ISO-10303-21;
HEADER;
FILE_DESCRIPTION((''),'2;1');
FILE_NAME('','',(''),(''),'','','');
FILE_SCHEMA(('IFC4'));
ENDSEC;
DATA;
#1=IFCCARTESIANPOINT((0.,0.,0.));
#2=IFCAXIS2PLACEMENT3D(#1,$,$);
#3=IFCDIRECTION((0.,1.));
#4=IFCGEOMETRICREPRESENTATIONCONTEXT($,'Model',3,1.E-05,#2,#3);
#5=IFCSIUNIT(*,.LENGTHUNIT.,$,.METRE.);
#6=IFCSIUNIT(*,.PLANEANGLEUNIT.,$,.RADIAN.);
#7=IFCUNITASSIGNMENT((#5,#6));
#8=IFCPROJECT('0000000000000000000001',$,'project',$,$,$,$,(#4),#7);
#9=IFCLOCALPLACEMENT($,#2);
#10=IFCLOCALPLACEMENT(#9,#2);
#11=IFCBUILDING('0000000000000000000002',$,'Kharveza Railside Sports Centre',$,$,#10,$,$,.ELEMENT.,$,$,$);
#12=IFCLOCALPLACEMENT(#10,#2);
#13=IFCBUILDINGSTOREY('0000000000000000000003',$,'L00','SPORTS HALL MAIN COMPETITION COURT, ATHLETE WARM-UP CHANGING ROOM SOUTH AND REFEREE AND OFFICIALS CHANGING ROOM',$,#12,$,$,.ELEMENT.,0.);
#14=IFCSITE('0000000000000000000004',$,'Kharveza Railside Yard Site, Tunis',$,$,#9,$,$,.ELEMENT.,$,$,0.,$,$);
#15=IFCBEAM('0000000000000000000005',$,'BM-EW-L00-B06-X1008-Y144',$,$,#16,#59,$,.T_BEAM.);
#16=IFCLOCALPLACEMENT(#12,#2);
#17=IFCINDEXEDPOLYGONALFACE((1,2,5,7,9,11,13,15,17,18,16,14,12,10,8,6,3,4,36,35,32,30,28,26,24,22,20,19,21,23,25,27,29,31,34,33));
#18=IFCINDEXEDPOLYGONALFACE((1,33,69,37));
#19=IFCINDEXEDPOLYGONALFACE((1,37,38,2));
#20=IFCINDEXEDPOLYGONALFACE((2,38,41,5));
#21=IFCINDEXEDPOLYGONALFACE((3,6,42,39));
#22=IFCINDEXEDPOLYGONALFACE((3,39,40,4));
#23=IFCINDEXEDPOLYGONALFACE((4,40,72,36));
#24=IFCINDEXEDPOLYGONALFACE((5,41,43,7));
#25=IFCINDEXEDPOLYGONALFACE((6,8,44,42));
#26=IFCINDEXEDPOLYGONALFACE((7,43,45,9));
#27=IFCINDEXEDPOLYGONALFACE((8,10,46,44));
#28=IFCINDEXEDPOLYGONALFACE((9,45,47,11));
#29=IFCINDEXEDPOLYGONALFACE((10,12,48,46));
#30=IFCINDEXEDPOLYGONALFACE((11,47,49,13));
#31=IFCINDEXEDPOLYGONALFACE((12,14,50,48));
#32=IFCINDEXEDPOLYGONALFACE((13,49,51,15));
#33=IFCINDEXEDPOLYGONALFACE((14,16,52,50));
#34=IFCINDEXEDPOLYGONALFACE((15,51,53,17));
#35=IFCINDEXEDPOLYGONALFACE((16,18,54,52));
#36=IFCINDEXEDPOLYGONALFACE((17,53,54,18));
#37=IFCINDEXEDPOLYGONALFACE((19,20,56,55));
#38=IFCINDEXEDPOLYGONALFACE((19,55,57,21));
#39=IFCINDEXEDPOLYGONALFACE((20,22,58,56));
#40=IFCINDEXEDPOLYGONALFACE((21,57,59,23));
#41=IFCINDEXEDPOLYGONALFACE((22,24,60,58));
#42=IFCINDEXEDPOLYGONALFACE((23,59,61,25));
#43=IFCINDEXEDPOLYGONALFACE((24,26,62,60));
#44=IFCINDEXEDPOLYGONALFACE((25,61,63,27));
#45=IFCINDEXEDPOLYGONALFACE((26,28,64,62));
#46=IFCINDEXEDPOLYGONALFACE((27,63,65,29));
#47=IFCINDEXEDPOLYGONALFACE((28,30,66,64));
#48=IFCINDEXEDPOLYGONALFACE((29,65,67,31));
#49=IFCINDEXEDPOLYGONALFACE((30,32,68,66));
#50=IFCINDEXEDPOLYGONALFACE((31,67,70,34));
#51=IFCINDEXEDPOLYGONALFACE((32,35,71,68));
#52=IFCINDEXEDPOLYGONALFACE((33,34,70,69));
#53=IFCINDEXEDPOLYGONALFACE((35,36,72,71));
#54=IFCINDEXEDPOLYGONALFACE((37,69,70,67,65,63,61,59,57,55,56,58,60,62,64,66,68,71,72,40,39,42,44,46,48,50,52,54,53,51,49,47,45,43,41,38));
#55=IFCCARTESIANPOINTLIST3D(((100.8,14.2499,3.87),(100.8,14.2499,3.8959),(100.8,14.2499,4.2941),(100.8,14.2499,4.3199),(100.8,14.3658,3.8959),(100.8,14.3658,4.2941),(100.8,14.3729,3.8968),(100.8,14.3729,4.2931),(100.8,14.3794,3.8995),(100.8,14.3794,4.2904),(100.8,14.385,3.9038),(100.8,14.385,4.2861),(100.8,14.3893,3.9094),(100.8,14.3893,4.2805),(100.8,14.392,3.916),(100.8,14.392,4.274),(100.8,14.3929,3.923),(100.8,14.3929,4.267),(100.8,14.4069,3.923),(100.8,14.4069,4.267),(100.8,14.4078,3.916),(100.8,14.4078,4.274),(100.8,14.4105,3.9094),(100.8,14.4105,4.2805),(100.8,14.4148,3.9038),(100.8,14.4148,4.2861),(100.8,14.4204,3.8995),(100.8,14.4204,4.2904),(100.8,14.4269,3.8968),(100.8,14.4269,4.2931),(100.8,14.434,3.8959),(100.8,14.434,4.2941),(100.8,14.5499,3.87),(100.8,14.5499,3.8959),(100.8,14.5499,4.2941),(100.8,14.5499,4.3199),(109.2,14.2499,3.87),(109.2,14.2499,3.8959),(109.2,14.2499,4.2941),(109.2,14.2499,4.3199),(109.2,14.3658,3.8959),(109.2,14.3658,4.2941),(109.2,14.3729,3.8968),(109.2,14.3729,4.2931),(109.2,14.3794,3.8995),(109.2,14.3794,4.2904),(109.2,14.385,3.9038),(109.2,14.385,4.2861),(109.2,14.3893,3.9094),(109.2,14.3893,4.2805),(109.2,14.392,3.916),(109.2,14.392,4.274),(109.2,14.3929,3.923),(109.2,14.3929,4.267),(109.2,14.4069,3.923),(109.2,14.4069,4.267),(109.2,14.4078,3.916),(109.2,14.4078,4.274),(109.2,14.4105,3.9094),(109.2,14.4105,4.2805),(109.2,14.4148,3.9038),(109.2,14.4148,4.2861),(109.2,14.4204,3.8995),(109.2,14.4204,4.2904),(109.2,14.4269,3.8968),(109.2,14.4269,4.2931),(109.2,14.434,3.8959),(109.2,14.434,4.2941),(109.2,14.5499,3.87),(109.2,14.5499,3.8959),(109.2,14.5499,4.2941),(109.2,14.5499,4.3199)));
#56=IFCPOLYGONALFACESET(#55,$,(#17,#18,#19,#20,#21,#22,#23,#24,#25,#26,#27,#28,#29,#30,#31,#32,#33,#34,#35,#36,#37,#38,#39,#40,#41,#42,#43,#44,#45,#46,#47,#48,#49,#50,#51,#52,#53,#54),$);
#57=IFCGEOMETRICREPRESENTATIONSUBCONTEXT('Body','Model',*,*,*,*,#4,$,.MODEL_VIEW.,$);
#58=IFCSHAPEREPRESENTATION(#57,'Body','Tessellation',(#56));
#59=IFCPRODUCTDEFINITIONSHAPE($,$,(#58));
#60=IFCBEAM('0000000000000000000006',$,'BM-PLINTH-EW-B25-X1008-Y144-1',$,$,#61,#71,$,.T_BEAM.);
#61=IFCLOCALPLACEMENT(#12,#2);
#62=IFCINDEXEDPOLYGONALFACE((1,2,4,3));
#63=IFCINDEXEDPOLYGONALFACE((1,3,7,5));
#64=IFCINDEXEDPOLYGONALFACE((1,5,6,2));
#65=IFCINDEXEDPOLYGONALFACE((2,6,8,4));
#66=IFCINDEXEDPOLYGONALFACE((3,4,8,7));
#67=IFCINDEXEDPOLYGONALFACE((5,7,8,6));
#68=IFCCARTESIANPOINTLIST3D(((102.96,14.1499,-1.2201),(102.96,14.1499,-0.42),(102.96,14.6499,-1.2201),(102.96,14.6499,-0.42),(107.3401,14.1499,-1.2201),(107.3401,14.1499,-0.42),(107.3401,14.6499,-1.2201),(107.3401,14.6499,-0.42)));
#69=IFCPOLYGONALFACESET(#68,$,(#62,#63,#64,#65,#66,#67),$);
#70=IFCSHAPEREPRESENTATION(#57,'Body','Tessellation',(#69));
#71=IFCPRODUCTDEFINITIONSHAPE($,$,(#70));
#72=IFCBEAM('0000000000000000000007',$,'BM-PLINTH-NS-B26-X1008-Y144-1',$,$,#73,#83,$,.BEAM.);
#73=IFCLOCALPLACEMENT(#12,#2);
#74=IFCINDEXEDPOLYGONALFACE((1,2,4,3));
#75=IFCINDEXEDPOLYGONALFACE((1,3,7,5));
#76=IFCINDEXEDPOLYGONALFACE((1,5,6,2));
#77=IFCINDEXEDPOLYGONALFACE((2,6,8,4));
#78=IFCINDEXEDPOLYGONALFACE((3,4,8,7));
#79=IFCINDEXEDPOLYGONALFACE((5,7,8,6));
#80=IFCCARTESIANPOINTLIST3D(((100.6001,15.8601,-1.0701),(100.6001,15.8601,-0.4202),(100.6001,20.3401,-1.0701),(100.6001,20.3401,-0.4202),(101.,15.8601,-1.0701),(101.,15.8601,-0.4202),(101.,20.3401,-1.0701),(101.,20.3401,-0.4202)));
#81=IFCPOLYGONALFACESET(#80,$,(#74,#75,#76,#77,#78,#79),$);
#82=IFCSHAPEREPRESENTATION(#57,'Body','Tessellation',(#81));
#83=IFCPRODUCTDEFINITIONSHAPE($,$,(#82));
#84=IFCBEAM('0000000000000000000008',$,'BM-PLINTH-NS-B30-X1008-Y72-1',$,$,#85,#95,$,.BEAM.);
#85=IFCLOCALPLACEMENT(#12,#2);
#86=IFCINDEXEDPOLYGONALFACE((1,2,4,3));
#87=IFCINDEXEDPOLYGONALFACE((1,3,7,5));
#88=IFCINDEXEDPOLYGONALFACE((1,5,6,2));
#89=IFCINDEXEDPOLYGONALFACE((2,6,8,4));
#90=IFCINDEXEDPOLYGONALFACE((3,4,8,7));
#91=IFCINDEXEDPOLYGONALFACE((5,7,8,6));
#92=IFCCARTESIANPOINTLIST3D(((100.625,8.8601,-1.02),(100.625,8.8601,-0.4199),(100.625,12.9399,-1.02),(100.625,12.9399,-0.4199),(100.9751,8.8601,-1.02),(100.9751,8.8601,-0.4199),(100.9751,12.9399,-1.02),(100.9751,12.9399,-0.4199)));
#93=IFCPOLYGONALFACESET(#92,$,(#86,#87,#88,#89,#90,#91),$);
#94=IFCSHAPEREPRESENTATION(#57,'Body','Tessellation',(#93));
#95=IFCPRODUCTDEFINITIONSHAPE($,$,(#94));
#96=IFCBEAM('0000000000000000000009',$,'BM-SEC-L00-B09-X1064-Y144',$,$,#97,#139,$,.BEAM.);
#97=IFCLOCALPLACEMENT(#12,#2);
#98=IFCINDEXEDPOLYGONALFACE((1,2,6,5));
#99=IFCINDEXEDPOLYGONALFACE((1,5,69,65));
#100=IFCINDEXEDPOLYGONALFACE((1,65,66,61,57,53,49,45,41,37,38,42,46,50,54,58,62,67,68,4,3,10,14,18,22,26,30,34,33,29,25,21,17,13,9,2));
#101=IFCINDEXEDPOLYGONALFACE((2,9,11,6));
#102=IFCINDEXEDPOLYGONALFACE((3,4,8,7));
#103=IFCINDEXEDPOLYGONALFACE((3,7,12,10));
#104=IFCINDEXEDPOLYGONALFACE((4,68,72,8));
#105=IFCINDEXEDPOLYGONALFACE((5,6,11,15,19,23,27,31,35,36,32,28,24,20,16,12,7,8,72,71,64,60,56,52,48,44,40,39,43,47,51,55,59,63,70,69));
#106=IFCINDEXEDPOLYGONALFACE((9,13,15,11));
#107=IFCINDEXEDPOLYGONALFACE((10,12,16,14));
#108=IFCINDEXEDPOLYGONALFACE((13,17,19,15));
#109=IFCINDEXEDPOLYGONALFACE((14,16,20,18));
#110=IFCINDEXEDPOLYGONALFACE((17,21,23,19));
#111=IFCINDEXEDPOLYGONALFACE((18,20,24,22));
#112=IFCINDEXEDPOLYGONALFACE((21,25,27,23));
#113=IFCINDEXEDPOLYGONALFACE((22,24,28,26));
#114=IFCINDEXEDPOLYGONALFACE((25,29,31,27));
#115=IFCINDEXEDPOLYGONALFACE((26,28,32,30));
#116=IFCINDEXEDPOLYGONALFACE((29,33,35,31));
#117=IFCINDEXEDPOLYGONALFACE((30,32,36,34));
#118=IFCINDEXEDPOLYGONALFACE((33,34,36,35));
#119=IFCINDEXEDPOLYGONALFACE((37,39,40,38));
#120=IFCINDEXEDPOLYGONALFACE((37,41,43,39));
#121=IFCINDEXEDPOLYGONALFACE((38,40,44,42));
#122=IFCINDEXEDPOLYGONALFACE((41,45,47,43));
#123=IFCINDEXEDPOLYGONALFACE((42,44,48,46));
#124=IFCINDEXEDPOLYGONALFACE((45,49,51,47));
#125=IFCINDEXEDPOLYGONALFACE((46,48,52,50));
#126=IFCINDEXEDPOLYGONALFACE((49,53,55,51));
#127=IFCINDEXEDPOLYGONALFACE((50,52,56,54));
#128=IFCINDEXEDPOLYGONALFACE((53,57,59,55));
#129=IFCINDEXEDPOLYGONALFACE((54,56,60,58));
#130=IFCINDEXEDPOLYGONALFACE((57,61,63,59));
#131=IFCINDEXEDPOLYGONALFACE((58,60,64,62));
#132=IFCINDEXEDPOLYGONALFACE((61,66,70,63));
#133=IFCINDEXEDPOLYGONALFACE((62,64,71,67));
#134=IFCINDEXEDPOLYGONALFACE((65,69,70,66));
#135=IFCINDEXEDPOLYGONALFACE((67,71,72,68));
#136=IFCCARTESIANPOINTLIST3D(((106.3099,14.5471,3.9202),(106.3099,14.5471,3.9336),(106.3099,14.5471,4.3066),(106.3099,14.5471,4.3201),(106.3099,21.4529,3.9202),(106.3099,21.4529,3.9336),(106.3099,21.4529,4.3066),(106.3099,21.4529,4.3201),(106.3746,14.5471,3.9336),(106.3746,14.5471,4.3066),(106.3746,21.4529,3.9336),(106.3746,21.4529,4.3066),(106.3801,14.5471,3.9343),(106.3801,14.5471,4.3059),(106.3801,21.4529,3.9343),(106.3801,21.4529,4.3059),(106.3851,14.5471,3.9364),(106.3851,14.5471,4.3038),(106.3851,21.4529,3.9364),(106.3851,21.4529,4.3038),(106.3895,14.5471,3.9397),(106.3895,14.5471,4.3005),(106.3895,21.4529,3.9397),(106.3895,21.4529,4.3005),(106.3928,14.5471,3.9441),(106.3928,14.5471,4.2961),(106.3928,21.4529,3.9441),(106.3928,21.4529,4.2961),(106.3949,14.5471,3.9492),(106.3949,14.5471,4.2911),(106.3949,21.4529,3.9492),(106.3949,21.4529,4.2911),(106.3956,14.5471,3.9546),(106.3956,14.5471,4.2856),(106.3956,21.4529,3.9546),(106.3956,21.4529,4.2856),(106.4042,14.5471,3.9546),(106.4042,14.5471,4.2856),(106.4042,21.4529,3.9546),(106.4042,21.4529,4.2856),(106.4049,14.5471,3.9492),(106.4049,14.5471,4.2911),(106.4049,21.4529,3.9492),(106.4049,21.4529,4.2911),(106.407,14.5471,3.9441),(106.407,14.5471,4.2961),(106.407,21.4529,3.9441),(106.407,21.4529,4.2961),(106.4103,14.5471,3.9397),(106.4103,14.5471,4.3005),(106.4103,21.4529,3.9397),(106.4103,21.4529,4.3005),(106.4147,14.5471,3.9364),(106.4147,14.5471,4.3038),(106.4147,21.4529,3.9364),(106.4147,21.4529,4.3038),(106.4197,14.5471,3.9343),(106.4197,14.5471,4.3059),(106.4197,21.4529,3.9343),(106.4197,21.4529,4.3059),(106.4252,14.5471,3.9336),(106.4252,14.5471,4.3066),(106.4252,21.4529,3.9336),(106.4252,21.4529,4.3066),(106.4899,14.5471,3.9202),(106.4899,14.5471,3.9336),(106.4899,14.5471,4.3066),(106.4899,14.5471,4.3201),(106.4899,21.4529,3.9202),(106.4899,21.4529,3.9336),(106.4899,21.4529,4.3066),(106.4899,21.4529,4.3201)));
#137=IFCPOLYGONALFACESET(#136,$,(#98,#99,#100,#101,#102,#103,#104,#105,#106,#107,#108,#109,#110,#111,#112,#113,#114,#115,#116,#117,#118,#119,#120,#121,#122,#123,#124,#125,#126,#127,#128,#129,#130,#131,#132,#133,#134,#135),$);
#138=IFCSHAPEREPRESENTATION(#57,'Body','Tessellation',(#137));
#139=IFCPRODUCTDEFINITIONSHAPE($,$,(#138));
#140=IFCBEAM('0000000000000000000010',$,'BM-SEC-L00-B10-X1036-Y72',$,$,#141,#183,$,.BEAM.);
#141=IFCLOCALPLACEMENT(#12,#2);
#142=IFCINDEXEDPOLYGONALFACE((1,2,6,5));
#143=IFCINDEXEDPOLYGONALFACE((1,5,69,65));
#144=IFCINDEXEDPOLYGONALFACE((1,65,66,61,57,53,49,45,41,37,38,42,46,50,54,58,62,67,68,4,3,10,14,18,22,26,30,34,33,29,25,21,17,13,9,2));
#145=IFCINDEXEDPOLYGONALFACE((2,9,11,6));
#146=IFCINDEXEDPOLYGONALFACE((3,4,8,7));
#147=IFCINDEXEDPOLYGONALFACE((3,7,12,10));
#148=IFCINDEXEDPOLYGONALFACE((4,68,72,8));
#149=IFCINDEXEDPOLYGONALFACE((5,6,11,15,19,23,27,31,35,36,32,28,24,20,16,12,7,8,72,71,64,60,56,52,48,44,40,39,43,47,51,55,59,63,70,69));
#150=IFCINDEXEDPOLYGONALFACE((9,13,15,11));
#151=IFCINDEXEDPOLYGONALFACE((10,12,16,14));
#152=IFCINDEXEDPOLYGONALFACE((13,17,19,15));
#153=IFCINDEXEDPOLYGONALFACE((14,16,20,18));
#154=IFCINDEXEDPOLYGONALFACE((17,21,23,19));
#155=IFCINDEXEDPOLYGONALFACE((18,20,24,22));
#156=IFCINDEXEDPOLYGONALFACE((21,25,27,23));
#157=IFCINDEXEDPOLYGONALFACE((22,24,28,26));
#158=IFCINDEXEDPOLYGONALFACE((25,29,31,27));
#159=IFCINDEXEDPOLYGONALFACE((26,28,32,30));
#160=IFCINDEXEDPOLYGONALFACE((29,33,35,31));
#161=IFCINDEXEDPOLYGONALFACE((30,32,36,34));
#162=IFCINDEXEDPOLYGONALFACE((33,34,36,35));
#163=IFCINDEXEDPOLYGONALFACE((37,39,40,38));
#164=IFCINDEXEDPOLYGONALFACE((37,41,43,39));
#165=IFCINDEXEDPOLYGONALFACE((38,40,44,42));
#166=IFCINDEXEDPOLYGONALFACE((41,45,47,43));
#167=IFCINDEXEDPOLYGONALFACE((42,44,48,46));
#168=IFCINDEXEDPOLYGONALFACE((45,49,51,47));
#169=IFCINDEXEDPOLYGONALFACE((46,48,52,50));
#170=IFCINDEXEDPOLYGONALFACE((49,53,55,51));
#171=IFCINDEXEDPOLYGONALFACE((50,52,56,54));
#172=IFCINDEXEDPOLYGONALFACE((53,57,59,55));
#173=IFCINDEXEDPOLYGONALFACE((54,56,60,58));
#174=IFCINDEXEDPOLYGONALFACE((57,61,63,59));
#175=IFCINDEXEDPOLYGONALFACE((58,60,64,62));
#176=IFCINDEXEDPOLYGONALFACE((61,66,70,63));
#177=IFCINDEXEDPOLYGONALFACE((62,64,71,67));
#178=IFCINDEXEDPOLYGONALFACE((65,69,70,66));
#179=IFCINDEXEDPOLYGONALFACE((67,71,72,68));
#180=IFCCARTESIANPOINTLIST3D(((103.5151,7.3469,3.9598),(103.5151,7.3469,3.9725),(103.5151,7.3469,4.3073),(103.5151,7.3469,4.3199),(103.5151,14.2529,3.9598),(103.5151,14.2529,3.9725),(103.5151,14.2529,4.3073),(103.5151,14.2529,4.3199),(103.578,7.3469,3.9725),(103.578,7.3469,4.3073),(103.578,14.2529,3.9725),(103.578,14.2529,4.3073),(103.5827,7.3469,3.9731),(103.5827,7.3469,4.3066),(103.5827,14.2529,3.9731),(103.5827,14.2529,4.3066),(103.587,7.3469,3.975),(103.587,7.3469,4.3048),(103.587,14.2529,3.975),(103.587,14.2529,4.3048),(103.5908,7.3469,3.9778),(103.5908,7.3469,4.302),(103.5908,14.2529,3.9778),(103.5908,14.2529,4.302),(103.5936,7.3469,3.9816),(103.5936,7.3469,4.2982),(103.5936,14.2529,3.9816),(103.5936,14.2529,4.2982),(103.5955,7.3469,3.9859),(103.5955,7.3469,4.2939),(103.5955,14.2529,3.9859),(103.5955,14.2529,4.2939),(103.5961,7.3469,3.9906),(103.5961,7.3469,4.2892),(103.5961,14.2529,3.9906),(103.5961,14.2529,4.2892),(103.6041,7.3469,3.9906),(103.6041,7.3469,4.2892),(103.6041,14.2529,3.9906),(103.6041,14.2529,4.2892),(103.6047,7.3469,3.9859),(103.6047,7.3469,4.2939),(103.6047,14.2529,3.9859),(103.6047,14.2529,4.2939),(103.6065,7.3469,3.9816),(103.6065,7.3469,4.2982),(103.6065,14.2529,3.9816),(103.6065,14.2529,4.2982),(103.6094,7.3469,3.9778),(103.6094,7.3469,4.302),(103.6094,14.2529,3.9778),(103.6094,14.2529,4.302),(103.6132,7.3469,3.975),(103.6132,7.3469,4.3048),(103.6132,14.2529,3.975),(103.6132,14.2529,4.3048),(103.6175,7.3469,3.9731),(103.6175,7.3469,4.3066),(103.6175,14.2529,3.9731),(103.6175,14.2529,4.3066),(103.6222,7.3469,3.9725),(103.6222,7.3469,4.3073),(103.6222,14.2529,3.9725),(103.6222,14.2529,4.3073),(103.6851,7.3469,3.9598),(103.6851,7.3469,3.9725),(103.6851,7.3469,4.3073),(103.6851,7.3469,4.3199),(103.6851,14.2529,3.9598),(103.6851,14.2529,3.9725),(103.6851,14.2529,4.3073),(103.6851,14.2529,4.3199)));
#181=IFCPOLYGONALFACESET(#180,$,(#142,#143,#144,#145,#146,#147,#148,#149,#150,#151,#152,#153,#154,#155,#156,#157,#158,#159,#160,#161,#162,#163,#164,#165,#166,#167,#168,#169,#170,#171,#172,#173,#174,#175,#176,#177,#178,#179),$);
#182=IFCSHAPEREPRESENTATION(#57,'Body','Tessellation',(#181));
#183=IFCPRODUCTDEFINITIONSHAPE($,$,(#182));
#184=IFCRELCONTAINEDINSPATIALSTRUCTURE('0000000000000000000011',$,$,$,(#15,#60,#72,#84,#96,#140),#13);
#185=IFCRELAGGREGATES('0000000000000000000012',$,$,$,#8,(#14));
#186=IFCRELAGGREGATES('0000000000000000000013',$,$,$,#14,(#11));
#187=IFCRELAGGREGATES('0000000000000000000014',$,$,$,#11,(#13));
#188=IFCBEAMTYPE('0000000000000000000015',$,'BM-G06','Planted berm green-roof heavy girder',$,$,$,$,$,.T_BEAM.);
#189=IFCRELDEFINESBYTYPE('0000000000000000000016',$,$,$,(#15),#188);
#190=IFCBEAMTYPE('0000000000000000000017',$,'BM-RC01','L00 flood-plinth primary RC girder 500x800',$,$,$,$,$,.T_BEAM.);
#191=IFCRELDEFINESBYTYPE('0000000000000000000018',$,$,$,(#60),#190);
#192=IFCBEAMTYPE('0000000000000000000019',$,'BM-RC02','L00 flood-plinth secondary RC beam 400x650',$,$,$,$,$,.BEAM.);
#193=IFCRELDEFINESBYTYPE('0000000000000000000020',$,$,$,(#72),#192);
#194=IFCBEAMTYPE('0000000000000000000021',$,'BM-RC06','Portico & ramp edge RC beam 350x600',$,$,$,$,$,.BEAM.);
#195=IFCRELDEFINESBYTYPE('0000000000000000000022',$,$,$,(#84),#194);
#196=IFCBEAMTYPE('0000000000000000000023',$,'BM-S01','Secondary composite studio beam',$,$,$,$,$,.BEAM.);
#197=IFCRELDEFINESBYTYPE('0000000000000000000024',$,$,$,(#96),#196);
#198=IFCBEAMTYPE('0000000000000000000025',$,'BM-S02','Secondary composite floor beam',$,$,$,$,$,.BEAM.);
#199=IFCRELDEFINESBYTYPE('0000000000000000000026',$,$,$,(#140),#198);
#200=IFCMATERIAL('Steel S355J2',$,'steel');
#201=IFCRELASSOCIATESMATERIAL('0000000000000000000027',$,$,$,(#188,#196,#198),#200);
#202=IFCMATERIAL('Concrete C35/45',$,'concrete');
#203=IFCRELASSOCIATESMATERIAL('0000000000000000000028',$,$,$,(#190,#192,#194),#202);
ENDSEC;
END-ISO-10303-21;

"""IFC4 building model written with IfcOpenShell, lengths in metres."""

from ifc_helpers import new_model, si_unit, direction, frame, origin, origin_2d, place, context, subcontext, project, spatial, rectangle, i_section, extrude, material, material_profile, profile_set, type_object, element, save


model = new_model("IFC4")

# Units and contexts
model_context = context("Model", 3, precision=1e-05, world=origin(), true_north=direction((0.0, 1.0)))
body_context = subcontext(model_context, "Body", "Model", "MODEL_VIEW")
ifc_project = project(units=[si_unit("LENGTHUNIT", "METRE"), si_unit("PLANEANGLEUNIT", "RADIAN")], contexts=[model_context])

# Site, building, storey
site_placement = place(None, origin())
site = spatial("IfcSite", under=ifc_project, at=site_placement, Name="Kharveza Railside Yard Site, Tunis", CompositionType="ELEMENT", RefElevation=0.0)
building_placement = place(site_placement, origin())
building = spatial("IfcBuilding", under=site, at=building_placement, Name="Kharveza Railside Sports Centre", CompositionType="ELEMENT")
storey_placement = place(building_placement, origin())
storey = spatial("IfcBuildingStorey", under=building, at=storey_placement, Name="L00", Description="SPORTS HALL MAIN COMPETITION COURT, ATHLETE WARM-UP CHANGING ROOM SOUTH AND REFEREE AND OFFICIALS CHANGING ROOM", CompositionType="ELEMENT", Elevation=0.0)

# Shared definitions
ifc_material_1 = material(Name="Concrete C35/45", Category="concrete")

# Shared definitions
ifc_material_2 = material(Name="Steel S355J2", Category="steel")

# Beams
ifc_material_profile_1 = material_profile(ifc_material_2, i_section(OverallWidth=0.3, OverallDepth=0.45, WebThickness=0.0139, FlangeThickness=0.0259, FilletRadius=0.0271, at=origin_2d()), Name="HEB 450")
ifc_profile_set_1 = profile_set([ifc_material_profile_1], Name="Steel S355J2")
beam_type_1 = type_object("IfcBeamType", Name="BM-G06", Description="Planted berm green-roof heavy girder", PredefinedType="T_BEAM", material=ifc_profile_set_1)
beam_1_placement = place(storey_placement, frame((100.8, 14.3999, 4.095), z_axis=(1.0, 0.0, 0.0), x_axis=(0.0, 1.0, 0.0)))
element("IfcBeam", 1, at=beam_1_placement, inside=storey, type_object=beam_type_1, Name="BM-EW-L00-B06-X1008-Y144", PredefinedType="T_BEAM", context=body_context, shape_type="SweptSolid", body=[
    extrude(i_section(OverallWidth=0.3, OverallDepth=0.45, WebThickness=0.0139, FlangeThickness=0.0259, FilletRadius=0.0271, at=origin_2d()), origin(), (0.0, 0.0, 1.0), 8.3999),
])
ifc_material_profile_2 = material_profile(ifc_material_1, rectangle(XDim=0.5, YDim=0.8, at=origin_2d()), Name="RCB 500x800")
ifc_profile_set_2 = profile_set([ifc_material_profile_2], Name="Concrete C35/45")
beam_type_2 = type_object("IfcBeamType", Name="BM-RC01", Description="L00 flood-plinth primary RC girder 500x800", PredefinedType="T_BEAM", material=ifc_profile_set_2)
beam_2_placement = place(storey_placement, frame((102.96, 14.3999, -0.8201), z_axis=(1.0, 0.0, 0.0), x_axis=(0.0, 1.0, 0.0)))
element("IfcBeam", 2, at=beam_2_placement, inside=storey, type_object=beam_type_2, Name="BM-PLINTH-EW-B25-X1008-Y144-1", PredefinedType="T_BEAM", context=body_context, shape_type="SweptSolid", body=[
    extrude(rectangle(XDim=0.5, YDim=0.8, at=origin_2d()), origin(), (0.0, 0.0, 1.0), 4.3801),
])
ifc_material_profile_3 = material_profile(ifc_material_1, rectangle(XDim=0.3999, YDim=0.6499, at=origin_2d()), Name="RCB 400x650")
ifc_profile_set_3 = profile_set([ifc_material_profile_3], Name="Concrete C35/45")
beam_type_3 = type_object("IfcBeamType", Name="BM-RC02", Description="L00 flood-plinth secondary RC beam 400x650", PredefinedType="BEAM", material=ifc_profile_set_3)
beam_3_placement = place(storey_placement, frame((100.8, 15.8601, -0.7451), z_axis=(0.0, 1.0, 0.0), x_axis=(-1.0, 0.0, 0.0)))
element("IfcBeam", 3, at=beam_3_placement, inside=storey, type_object=beam_type_3, Name="BM-PLINTH-NS-B26-X1008-Y144-1", PredefinedType="BEAM", context=body_context, shape_type="SweptSolid", body=[
    extrude(rectangle(XDim=0.3999, YDim=0.6499, at=origin_2d()), origin(), (0.0, 0.0, 1.0), 4.48),
])
ifc_material_profile_4 = material_profile(ifc_material_1, rectangle(XDim=0.3501, YDim=0.6001, at=origin_2d()), Name="RCB 350x600")
ifc_profile_set_4 = profile_set([ifc_material_profile_4], Name="Concrete C35/45")
beam_type_4 = type_object("IfcBeamType", Name="BM-RC06", Description="Portico & ramp edge RC beam 350x600", PredefinedType="BEAM", material=ifc_profile_set_4)
beam_4_placement = place(storey_placement, frame((100.8, 8.8601, -0.72), z_axis=(0.0, 1.0, 0.0), x_axis=(-1.0, 0.0, 0.0)))
element("IfcBeam", 4, at=beam_4_placement, inside=storey, type_object=beam_type_4, Name="BM-PLINTH-NS-B30-X1008-Y72-1", PredefinedType="BEAM", context=body_context, shape_type="SweptSolid", body=[
    extrude(rectangle(XDim=0.3501, YDim=0.6001, at=origin_2d()), origin(), (0.0, 0.0, 1.0), 4.0798),
])
ifc_material_profile_5 = material_profile(ifc_material_2, i_section(OverallWidth=0.1799, OverallDepth=0.3999, WebThickness=0.0085, FlangeThickness=0.0134, FilletRadius=0.021, at=origin_2d()), Name="IPE 400")
ifc_profile_set_5 = profile_set([ifc_material_profile_5], Name="Steel S355J2")
beam_type_5 = type_object("IfcBeamType", Name="BM-S01", Description="Secondary composite studio beam", PredefinedType="BEAM", material=ifc_profile_set_5)
beam_5_placement = place(storey_placement, frame((106.3999, 14.5471, 4.1201), z_axis=(0.0, 1.0, 0.0), x_axis=(-1.0, 0.0, 0.0)))
element("IfcBeam", 5, at=beam_5_placement, inside=storey, type_object=beam_type_5, Name="BM-SEC-L00-B09-X1064-Y144", PredefinedType="BEAM", context=body_context, shape_type="SweptSolid", body=[
    extrude(i_section(OverallWidth=0.1799, OverallDepth=0.3999, WebThickness=0.0085, FlangeThickness=0.0134, FilletRadius=0.021, at=origin_2d()), origin(), (0.0, 0.0, 1.0), 6.9058),
])
ifc_material_profile_6 = material_profile(ifc_material_2, i_section(OverallWidth=0.1699, OverallDepth=0.3601, WebThickness=0.0081, FlangeThickness=0.0127, FilletRadius=0.0181, at=origin_2d()), Name="IPE 360")
ifc_profile_set_6 = profile_set([ifc_material_profile_6], Name="Steel S355J2")
beam_type_6 = type_object("IfcBeamType", Name="BM-S02", Description="Secondary composite floor beam", PredefinedType="BEAM", material=ifc_profile_set_6)
beam_6_placement = place(storey_placement, frame((103.6001, 7.3469, 4.1399), z_axis=(0.0, 1.0, 0.0), x_axis=(-1.0, 0.0, 0.0)))
element("IfcBeam", 6, at=beam_6_placement, inside=storey, type_object=beam_type_6, Name="BM-SEC-L00-B10-X1036-Y72", PredefinedType="BEAM", context=body_context, shape_type="SweptSolid", body=[
    extrude(i_section(OverallWidth=0.1699, OverallDepth=0.3601, WebThickness=0.0081, FlangeThickness=0.0127, FilletRadius=0.0181, at=origin_2d()), origin(), (0.0, 0.0, 1.0), 6.906),
])

save(model, "model.ifc")
